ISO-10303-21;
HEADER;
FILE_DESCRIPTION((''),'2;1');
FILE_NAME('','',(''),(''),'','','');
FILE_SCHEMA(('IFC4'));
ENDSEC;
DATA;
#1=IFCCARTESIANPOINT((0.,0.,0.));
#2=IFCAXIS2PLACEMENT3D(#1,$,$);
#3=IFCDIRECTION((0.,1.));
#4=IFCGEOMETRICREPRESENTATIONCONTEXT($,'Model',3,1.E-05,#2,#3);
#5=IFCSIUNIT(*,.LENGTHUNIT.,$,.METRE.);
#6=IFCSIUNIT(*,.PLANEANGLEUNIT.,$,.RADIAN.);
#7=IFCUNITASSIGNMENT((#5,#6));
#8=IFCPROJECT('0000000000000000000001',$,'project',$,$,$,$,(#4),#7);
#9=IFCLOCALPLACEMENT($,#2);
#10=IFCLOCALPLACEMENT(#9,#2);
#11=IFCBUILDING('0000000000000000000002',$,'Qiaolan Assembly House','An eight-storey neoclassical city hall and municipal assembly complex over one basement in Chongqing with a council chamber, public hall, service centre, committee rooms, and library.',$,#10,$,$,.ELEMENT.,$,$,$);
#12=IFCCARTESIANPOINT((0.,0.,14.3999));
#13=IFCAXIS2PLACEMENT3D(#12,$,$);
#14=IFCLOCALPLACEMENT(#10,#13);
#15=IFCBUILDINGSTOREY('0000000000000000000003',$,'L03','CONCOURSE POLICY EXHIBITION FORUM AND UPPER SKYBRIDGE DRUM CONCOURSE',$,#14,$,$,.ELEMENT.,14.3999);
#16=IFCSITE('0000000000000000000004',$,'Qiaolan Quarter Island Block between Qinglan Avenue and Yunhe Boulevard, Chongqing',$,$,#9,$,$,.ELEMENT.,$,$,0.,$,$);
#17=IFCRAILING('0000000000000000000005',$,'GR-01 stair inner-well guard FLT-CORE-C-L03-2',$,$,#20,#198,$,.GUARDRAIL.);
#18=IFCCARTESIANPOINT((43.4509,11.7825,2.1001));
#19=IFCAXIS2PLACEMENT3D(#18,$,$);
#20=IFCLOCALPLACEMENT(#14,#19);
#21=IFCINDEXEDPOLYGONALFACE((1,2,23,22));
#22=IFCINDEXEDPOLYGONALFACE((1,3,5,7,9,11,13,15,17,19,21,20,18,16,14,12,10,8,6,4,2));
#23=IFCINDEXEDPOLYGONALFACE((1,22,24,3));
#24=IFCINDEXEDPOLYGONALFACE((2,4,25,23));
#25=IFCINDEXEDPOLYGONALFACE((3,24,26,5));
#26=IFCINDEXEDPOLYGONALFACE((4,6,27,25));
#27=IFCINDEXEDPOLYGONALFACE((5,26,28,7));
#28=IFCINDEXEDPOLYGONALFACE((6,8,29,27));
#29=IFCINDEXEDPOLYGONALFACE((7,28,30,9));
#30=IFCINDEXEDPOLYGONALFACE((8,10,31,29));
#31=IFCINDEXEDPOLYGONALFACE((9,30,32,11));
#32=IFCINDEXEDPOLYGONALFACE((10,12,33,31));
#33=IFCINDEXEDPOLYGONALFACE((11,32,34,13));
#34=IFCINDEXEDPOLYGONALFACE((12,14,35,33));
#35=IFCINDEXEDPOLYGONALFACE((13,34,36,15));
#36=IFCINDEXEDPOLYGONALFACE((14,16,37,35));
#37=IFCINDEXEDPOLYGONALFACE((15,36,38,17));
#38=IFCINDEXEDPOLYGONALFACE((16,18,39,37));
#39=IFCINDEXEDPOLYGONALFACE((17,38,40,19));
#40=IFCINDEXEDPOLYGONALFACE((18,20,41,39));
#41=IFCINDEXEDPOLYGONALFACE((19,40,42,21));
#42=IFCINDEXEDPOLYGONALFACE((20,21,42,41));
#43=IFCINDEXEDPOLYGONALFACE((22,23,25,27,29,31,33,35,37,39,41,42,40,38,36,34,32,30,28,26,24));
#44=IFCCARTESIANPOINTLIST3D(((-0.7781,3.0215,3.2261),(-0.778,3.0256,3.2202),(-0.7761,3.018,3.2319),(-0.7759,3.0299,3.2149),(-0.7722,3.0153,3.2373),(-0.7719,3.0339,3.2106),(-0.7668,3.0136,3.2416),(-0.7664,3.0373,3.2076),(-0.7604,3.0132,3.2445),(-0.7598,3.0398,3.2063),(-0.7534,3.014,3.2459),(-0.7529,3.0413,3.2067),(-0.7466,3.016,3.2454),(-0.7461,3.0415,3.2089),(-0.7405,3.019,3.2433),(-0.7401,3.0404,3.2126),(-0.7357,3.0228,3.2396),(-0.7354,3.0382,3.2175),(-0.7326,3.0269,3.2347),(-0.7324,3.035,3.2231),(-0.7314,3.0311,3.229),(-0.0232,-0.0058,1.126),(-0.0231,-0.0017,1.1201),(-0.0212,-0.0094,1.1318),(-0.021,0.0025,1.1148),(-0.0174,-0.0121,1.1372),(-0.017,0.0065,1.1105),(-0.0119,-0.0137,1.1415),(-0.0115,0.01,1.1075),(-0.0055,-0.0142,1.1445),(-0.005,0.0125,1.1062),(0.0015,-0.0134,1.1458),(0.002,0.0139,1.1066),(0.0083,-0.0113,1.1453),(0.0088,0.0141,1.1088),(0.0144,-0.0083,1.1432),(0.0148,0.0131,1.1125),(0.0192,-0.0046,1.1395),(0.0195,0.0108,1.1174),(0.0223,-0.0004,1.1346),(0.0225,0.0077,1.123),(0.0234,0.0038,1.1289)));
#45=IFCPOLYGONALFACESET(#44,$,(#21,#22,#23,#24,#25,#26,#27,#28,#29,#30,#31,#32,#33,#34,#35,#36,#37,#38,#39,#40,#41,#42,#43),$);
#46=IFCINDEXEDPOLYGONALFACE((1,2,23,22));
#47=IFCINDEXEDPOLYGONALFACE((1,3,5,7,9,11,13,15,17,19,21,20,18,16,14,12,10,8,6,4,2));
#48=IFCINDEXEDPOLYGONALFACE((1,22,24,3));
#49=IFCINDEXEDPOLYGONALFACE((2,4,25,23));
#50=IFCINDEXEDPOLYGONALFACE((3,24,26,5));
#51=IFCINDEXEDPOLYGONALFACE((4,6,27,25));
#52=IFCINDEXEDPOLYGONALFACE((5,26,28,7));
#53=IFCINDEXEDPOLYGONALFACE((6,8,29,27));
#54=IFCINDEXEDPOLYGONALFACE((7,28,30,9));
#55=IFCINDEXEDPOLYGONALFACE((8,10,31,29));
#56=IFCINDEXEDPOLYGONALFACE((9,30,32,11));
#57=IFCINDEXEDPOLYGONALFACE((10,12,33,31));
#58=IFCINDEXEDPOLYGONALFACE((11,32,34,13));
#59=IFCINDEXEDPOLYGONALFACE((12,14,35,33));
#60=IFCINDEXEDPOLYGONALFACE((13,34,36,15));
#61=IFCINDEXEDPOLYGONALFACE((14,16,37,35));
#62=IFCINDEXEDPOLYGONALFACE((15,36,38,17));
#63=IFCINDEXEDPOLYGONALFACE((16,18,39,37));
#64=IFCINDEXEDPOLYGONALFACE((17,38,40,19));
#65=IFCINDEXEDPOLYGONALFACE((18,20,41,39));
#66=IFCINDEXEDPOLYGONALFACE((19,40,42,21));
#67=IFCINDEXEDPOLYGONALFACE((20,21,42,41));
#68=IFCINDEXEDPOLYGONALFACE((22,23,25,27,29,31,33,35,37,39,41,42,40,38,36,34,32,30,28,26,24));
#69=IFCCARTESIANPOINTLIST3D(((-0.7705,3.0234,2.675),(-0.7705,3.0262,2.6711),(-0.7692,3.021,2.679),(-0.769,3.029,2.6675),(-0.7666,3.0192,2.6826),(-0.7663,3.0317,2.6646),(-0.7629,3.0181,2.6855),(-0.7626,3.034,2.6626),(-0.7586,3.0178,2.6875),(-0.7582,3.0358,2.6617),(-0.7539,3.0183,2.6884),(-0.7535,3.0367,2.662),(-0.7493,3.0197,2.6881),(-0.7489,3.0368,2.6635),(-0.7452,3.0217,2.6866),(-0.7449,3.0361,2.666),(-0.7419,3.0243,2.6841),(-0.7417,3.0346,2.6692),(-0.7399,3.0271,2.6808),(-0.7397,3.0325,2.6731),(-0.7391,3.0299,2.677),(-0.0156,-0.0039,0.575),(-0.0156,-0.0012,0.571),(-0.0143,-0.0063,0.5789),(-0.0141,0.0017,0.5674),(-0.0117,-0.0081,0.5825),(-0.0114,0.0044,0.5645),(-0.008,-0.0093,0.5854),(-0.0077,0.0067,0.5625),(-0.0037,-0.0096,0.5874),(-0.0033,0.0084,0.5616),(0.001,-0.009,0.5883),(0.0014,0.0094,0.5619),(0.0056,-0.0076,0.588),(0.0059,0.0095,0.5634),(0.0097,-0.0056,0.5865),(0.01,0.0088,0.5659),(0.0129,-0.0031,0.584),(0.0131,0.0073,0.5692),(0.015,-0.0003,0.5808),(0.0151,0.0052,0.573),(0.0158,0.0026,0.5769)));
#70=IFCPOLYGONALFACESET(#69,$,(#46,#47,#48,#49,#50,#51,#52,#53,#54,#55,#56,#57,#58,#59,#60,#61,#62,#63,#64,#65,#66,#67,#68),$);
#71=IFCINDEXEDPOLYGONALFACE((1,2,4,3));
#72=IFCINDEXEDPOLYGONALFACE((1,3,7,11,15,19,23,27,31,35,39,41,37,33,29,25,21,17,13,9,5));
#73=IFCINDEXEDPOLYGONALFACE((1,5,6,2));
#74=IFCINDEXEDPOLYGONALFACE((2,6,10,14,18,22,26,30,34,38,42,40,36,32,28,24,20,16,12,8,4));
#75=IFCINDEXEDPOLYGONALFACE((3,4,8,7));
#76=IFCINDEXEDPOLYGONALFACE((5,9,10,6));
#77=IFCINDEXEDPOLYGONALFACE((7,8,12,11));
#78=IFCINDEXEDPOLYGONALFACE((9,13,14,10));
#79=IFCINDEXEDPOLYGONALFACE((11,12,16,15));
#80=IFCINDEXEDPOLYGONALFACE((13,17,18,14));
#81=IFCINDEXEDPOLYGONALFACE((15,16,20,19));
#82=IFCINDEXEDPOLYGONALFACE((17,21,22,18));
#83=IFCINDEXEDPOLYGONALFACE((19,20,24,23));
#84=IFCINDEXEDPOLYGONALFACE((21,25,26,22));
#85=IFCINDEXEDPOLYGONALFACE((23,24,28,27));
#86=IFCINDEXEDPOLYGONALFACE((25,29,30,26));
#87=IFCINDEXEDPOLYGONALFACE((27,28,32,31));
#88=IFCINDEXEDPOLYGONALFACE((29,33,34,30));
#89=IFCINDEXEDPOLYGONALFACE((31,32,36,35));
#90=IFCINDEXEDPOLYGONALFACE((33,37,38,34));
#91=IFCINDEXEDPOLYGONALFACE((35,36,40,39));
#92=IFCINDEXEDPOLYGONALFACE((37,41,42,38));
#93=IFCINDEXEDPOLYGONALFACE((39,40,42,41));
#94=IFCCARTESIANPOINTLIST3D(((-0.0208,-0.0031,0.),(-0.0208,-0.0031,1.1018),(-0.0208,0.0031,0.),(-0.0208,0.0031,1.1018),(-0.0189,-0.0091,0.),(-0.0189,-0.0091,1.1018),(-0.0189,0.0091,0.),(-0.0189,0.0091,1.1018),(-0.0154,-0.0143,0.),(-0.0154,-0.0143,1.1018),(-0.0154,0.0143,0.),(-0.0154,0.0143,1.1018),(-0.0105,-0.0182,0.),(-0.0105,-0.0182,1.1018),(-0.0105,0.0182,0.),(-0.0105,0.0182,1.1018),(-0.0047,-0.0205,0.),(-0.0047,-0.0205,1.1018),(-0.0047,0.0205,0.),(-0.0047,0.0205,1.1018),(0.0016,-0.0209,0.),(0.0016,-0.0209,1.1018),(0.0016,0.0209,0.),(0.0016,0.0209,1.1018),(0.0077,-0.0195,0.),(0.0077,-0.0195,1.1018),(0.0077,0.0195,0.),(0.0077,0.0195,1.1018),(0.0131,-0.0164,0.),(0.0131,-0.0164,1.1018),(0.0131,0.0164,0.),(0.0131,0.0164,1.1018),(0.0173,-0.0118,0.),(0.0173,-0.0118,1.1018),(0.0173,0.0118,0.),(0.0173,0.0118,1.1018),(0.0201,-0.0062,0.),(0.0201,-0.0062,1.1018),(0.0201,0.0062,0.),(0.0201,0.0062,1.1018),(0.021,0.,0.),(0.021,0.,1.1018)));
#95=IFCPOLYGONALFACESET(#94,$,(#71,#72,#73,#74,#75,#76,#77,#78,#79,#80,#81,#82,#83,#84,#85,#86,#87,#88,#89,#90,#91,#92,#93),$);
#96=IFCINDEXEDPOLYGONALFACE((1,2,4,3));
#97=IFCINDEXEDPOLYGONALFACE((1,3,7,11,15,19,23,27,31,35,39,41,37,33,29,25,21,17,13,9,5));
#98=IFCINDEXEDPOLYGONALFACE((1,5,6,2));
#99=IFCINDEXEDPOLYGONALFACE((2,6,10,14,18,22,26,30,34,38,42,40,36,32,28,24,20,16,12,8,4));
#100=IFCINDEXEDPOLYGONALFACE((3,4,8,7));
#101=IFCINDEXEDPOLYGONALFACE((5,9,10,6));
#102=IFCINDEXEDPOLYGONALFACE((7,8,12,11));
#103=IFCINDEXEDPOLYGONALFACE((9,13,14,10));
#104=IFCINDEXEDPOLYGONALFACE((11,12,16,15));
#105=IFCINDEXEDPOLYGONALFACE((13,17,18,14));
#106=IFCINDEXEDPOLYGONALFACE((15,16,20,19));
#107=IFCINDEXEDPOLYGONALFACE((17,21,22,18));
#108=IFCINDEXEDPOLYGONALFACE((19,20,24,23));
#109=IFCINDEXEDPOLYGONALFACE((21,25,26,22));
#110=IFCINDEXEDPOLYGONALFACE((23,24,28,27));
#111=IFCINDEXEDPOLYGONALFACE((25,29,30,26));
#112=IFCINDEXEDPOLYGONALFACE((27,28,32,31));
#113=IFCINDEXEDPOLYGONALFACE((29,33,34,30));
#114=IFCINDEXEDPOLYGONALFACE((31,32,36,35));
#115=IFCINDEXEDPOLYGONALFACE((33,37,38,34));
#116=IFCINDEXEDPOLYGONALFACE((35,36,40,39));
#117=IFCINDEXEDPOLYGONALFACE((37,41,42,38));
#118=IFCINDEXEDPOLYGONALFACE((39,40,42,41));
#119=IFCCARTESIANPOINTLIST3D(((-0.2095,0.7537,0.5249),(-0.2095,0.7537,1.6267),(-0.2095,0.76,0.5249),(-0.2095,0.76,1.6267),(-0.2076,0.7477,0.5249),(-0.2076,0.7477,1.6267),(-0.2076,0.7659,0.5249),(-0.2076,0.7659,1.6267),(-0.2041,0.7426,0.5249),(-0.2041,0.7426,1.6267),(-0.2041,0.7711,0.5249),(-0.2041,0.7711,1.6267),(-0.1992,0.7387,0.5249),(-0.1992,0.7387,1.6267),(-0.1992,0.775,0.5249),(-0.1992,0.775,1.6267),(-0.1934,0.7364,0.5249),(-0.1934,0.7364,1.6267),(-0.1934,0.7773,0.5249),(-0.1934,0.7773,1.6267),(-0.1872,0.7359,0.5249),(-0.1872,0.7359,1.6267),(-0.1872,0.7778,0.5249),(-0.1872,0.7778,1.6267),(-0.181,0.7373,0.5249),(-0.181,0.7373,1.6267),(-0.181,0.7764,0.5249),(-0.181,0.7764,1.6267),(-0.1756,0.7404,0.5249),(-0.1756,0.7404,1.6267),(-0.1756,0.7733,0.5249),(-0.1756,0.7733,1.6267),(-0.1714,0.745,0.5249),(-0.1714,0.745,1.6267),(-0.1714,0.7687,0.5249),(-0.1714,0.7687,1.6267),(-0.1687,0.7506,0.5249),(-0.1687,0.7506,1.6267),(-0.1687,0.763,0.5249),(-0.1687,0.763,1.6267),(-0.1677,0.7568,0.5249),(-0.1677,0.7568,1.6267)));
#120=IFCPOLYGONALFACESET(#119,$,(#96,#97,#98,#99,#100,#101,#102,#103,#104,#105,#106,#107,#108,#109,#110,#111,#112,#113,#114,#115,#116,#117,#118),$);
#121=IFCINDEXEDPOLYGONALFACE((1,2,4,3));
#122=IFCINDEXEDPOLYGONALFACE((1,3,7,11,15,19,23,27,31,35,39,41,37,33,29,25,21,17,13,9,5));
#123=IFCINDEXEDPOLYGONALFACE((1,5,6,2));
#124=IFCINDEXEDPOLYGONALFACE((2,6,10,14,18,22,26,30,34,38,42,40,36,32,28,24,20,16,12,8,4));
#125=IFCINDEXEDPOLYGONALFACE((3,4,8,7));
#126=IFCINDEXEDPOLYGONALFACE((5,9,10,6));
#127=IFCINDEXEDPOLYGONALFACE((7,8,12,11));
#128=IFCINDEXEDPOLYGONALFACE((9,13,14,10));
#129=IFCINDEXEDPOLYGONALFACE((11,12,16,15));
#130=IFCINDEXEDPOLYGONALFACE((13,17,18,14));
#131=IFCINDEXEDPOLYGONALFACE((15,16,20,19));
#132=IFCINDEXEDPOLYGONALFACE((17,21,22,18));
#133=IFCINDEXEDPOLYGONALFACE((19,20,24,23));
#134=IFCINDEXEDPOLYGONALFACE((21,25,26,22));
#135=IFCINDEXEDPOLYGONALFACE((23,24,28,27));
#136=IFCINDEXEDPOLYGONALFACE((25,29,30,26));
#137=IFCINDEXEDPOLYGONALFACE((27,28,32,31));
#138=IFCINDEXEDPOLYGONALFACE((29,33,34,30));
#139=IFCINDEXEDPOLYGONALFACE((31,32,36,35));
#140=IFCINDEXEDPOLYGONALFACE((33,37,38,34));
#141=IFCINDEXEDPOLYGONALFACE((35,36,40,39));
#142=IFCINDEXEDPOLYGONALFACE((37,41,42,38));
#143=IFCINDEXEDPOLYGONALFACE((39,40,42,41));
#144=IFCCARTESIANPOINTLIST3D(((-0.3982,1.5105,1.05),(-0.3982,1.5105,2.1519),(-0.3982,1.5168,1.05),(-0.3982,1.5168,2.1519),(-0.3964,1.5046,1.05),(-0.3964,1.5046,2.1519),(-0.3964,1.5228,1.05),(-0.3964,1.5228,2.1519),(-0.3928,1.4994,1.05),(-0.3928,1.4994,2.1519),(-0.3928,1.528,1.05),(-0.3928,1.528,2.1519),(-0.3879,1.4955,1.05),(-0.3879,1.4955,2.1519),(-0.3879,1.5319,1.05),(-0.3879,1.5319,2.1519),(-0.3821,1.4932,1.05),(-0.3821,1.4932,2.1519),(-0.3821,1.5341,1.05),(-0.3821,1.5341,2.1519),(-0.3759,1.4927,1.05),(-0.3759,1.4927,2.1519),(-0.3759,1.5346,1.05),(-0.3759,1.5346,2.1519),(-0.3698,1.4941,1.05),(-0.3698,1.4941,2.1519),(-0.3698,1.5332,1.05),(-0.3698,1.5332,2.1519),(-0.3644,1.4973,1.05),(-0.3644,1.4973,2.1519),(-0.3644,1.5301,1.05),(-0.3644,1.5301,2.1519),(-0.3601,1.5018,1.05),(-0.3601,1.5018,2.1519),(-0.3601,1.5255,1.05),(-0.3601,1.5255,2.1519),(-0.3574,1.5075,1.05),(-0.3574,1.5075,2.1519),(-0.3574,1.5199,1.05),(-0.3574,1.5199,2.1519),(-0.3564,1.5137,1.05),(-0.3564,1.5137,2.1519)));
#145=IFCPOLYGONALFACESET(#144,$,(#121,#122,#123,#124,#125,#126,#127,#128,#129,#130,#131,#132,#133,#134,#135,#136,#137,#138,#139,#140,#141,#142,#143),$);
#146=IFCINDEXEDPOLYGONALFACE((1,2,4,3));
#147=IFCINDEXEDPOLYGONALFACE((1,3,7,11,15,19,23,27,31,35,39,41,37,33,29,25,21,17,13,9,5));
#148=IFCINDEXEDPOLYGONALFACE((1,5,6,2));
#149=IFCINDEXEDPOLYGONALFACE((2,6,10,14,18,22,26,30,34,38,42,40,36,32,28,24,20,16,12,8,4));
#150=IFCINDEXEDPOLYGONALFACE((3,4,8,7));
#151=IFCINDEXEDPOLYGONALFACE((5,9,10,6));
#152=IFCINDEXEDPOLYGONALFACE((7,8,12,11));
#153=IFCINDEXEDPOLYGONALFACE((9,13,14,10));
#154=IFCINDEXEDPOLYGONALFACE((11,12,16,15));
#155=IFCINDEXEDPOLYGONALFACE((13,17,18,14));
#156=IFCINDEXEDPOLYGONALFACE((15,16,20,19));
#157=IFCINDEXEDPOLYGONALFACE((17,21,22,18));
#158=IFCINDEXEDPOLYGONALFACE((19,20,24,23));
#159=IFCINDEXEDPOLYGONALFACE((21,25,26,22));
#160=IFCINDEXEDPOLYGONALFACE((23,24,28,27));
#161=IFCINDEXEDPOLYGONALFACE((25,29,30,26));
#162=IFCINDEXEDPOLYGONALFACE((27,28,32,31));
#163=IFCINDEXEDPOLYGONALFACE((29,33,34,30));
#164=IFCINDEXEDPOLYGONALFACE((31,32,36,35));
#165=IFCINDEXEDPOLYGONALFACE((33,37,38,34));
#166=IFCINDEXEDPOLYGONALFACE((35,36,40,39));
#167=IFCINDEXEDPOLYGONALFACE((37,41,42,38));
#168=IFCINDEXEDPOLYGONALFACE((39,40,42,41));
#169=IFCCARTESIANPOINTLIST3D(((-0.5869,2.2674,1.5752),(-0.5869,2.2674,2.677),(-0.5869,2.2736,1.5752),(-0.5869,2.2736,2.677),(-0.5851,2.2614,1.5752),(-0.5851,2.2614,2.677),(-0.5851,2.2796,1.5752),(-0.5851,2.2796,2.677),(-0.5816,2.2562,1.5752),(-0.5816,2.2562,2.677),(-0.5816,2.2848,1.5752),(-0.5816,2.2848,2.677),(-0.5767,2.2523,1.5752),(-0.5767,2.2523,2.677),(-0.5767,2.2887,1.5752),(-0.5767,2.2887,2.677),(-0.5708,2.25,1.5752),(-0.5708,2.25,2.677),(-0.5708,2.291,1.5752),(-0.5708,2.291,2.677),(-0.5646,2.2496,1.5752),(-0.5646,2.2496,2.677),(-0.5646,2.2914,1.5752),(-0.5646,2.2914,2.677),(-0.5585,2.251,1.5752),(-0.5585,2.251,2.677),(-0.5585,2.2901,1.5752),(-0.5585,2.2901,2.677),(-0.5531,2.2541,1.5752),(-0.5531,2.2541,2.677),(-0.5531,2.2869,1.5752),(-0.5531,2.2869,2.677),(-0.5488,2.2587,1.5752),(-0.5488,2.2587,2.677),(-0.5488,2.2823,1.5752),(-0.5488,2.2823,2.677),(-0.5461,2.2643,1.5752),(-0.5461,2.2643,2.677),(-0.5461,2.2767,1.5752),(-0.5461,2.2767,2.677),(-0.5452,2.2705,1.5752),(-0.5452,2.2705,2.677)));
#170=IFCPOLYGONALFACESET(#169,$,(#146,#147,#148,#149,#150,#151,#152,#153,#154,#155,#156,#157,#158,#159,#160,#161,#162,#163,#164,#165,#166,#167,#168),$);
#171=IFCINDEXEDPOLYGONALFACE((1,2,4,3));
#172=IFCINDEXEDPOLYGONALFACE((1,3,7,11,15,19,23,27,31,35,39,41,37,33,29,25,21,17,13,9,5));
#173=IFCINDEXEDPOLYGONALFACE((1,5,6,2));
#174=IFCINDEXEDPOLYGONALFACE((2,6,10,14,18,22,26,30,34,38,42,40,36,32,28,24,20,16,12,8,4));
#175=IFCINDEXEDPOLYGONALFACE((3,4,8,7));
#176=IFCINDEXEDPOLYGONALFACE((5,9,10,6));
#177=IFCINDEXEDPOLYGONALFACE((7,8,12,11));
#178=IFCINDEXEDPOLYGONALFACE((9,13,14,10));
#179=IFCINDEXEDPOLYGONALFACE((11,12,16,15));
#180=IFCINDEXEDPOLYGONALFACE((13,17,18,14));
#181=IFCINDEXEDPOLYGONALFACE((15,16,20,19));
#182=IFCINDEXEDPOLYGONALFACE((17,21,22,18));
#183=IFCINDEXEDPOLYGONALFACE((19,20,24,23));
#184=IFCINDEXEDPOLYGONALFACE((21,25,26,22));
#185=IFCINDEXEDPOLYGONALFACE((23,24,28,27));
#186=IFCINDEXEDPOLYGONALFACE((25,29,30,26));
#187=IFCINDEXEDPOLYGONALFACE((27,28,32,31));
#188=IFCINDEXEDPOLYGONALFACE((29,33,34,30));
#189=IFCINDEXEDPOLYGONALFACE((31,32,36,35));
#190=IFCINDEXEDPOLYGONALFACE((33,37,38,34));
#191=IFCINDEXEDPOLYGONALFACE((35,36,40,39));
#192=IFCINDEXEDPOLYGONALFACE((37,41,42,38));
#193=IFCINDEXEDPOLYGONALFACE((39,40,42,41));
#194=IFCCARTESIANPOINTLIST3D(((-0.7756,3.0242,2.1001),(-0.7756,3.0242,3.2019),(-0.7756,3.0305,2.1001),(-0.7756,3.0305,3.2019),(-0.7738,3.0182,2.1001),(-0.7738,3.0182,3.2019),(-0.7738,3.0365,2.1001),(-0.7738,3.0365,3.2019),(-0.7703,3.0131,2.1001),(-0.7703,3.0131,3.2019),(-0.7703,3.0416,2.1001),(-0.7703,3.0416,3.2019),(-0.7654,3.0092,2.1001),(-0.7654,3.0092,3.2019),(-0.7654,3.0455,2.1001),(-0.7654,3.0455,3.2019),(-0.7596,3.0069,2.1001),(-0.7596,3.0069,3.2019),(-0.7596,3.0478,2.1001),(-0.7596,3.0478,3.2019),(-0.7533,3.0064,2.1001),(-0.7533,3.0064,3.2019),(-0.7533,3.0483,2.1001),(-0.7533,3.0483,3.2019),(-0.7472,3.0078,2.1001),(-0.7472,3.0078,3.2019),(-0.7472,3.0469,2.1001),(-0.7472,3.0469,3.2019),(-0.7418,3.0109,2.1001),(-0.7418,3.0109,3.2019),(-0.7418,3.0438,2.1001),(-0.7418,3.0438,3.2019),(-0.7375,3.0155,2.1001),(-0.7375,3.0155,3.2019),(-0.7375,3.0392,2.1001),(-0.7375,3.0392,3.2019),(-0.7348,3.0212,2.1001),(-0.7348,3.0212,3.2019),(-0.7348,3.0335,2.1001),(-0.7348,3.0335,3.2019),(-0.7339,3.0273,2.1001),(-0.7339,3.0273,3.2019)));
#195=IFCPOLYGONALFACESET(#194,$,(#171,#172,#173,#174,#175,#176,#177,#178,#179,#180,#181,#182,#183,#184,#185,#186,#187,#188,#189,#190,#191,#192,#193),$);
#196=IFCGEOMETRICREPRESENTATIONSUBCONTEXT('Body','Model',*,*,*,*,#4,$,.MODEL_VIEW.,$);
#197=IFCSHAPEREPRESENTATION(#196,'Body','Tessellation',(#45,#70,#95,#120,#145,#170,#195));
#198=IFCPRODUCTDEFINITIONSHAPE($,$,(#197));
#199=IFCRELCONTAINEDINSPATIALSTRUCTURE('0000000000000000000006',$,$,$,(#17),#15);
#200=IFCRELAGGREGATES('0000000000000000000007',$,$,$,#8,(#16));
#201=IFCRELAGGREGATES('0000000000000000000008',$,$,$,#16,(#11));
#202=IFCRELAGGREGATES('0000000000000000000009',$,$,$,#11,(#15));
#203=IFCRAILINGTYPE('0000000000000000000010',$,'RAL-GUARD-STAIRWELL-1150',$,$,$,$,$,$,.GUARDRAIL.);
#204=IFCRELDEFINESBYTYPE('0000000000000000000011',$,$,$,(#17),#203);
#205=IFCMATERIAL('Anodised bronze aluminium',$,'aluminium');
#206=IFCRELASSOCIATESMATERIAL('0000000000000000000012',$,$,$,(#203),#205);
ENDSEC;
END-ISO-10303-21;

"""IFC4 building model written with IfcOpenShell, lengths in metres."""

from ifc_helpers import new_model, si_unit, direction, frame, origin, origin_2d, place, context, subcontext, project, spatial, circle, extrude, material, type_object, element, save


model = new_model("IFC4")

# Units and contexts
model_context = context("Model", 3, precision=1e-05, world=origin(), true_north=direction((0.0, 1.0)))
body_context = subcontext(model_context, "Body", "Model", "MODEL_VIEW")
ifc_project = project(units=[si_unit("LENGTHUNIT", "METRE"), si_unit("PLANEANGLEUNIT", "RADIAN")], contexts=[model_context])

# Site, building, storey
site_placement = place(None, origin())
site = spatial("IfcSite", under=ifc_project, at=site_placement, Name="Qiaolan Quarter Island Block between Qinglan Avenue and Yunhe Boulevard, Chongqing", CompositionType="ELEMENT", RefElevation=0.0)
building_placement = place(site_placement, origin())
building = spatial("IfcBuilding", under=site, at=building_placement, Name="Qiaolan Assembly House", Description="An eight-storey neoclassical city hall and municipal assembly complex over one basement in Chongqing with a council chamber, public hall, service centre, committee rooms, and library.", CompositionType="ELEMENT")
storey_placement = place(building_placement, frame((0.0, 0.0, 14.3999)))
storey = spatial("IfcBuildingStorey", under=building, at=storey_placement, Name="L03", Description="CONCOURSE POLICY EXHIBITION FORUM AND UPPER SKYBRIDGE DRUM CONCOURSE", CompositionType="ELEMENT", Elevation=14.3999)

# Shared definitions
ifc_material_1 = material(Name="Anodised bronze aluminium", Category="aluminium")

# Railing
railing_type_1 = type_object("IfcRailingType", Name="RAL-GUARD-STAIRWELL-1150", PredefinedType="GUARDRAIL", material=ifc_material_1)
railing_1_placement = place(storey_placement, frame((43.4509, 11.7825, 2.1001)))
element("IfcRailing", 1, at=railing_1_placement, inside=storey, type_object=railing_type_1, Name="GR-01 stair inner-well guard FLT-CORE-C-L03-2", PredefinedType="GUARDRAIL", context=body_context, shape_type="SweptSolid", body=[
    extrude(circle(Radius=0.0239, at=origin_2d()), frame((0.0, 0.0, 1.126), z_axis=(-0.200714, 0.804932, 0.558389), x_axis=(-0.97029, -0.241946, 0.0)), (0.0, 0.0, 1.0), 3.761),
    extrude(circle(Radius=0.0161, at=origin_2d()), frame((0.0, 0.0, 0.575), z_axis=(-0.200714, 0.804932, 0.558389), x_axis=(-0.97029, -0.241946, 0.0)), (0.0, 0.0, 1.0), 3.761),
    extrude(circle(Radius=0.021, at=origin_2d()), origin(), (0.0, 0.0, 1.0), 1.1018),
    extrude(circle(Radius=0.021, at=origin_2d()), frame((-0.1887, 0.7568, 0.5249)), (0.0, 0.0, 1.0), 1.1018),
    extrude(circle(Radius=0.021, at=origin_2d()), frame((-0.3774, 1.5137, 1.05)), (0.0, 0.0, 1.0), 1.1018),
    extrude(circle(Radius=0.021, at=origin_2d()), frame((-0.5662, 2.2705, 1.5752)), (0.0, 0.0, 1.0), 1.1018),
    extrude(circle(Radius=0.021, at=origin_2d()), frame((-0.7549, 3.0273, 2.1001)), (0.0, 0.0, 1.0), 1.1018),
])

save(model, "model.ifc")
